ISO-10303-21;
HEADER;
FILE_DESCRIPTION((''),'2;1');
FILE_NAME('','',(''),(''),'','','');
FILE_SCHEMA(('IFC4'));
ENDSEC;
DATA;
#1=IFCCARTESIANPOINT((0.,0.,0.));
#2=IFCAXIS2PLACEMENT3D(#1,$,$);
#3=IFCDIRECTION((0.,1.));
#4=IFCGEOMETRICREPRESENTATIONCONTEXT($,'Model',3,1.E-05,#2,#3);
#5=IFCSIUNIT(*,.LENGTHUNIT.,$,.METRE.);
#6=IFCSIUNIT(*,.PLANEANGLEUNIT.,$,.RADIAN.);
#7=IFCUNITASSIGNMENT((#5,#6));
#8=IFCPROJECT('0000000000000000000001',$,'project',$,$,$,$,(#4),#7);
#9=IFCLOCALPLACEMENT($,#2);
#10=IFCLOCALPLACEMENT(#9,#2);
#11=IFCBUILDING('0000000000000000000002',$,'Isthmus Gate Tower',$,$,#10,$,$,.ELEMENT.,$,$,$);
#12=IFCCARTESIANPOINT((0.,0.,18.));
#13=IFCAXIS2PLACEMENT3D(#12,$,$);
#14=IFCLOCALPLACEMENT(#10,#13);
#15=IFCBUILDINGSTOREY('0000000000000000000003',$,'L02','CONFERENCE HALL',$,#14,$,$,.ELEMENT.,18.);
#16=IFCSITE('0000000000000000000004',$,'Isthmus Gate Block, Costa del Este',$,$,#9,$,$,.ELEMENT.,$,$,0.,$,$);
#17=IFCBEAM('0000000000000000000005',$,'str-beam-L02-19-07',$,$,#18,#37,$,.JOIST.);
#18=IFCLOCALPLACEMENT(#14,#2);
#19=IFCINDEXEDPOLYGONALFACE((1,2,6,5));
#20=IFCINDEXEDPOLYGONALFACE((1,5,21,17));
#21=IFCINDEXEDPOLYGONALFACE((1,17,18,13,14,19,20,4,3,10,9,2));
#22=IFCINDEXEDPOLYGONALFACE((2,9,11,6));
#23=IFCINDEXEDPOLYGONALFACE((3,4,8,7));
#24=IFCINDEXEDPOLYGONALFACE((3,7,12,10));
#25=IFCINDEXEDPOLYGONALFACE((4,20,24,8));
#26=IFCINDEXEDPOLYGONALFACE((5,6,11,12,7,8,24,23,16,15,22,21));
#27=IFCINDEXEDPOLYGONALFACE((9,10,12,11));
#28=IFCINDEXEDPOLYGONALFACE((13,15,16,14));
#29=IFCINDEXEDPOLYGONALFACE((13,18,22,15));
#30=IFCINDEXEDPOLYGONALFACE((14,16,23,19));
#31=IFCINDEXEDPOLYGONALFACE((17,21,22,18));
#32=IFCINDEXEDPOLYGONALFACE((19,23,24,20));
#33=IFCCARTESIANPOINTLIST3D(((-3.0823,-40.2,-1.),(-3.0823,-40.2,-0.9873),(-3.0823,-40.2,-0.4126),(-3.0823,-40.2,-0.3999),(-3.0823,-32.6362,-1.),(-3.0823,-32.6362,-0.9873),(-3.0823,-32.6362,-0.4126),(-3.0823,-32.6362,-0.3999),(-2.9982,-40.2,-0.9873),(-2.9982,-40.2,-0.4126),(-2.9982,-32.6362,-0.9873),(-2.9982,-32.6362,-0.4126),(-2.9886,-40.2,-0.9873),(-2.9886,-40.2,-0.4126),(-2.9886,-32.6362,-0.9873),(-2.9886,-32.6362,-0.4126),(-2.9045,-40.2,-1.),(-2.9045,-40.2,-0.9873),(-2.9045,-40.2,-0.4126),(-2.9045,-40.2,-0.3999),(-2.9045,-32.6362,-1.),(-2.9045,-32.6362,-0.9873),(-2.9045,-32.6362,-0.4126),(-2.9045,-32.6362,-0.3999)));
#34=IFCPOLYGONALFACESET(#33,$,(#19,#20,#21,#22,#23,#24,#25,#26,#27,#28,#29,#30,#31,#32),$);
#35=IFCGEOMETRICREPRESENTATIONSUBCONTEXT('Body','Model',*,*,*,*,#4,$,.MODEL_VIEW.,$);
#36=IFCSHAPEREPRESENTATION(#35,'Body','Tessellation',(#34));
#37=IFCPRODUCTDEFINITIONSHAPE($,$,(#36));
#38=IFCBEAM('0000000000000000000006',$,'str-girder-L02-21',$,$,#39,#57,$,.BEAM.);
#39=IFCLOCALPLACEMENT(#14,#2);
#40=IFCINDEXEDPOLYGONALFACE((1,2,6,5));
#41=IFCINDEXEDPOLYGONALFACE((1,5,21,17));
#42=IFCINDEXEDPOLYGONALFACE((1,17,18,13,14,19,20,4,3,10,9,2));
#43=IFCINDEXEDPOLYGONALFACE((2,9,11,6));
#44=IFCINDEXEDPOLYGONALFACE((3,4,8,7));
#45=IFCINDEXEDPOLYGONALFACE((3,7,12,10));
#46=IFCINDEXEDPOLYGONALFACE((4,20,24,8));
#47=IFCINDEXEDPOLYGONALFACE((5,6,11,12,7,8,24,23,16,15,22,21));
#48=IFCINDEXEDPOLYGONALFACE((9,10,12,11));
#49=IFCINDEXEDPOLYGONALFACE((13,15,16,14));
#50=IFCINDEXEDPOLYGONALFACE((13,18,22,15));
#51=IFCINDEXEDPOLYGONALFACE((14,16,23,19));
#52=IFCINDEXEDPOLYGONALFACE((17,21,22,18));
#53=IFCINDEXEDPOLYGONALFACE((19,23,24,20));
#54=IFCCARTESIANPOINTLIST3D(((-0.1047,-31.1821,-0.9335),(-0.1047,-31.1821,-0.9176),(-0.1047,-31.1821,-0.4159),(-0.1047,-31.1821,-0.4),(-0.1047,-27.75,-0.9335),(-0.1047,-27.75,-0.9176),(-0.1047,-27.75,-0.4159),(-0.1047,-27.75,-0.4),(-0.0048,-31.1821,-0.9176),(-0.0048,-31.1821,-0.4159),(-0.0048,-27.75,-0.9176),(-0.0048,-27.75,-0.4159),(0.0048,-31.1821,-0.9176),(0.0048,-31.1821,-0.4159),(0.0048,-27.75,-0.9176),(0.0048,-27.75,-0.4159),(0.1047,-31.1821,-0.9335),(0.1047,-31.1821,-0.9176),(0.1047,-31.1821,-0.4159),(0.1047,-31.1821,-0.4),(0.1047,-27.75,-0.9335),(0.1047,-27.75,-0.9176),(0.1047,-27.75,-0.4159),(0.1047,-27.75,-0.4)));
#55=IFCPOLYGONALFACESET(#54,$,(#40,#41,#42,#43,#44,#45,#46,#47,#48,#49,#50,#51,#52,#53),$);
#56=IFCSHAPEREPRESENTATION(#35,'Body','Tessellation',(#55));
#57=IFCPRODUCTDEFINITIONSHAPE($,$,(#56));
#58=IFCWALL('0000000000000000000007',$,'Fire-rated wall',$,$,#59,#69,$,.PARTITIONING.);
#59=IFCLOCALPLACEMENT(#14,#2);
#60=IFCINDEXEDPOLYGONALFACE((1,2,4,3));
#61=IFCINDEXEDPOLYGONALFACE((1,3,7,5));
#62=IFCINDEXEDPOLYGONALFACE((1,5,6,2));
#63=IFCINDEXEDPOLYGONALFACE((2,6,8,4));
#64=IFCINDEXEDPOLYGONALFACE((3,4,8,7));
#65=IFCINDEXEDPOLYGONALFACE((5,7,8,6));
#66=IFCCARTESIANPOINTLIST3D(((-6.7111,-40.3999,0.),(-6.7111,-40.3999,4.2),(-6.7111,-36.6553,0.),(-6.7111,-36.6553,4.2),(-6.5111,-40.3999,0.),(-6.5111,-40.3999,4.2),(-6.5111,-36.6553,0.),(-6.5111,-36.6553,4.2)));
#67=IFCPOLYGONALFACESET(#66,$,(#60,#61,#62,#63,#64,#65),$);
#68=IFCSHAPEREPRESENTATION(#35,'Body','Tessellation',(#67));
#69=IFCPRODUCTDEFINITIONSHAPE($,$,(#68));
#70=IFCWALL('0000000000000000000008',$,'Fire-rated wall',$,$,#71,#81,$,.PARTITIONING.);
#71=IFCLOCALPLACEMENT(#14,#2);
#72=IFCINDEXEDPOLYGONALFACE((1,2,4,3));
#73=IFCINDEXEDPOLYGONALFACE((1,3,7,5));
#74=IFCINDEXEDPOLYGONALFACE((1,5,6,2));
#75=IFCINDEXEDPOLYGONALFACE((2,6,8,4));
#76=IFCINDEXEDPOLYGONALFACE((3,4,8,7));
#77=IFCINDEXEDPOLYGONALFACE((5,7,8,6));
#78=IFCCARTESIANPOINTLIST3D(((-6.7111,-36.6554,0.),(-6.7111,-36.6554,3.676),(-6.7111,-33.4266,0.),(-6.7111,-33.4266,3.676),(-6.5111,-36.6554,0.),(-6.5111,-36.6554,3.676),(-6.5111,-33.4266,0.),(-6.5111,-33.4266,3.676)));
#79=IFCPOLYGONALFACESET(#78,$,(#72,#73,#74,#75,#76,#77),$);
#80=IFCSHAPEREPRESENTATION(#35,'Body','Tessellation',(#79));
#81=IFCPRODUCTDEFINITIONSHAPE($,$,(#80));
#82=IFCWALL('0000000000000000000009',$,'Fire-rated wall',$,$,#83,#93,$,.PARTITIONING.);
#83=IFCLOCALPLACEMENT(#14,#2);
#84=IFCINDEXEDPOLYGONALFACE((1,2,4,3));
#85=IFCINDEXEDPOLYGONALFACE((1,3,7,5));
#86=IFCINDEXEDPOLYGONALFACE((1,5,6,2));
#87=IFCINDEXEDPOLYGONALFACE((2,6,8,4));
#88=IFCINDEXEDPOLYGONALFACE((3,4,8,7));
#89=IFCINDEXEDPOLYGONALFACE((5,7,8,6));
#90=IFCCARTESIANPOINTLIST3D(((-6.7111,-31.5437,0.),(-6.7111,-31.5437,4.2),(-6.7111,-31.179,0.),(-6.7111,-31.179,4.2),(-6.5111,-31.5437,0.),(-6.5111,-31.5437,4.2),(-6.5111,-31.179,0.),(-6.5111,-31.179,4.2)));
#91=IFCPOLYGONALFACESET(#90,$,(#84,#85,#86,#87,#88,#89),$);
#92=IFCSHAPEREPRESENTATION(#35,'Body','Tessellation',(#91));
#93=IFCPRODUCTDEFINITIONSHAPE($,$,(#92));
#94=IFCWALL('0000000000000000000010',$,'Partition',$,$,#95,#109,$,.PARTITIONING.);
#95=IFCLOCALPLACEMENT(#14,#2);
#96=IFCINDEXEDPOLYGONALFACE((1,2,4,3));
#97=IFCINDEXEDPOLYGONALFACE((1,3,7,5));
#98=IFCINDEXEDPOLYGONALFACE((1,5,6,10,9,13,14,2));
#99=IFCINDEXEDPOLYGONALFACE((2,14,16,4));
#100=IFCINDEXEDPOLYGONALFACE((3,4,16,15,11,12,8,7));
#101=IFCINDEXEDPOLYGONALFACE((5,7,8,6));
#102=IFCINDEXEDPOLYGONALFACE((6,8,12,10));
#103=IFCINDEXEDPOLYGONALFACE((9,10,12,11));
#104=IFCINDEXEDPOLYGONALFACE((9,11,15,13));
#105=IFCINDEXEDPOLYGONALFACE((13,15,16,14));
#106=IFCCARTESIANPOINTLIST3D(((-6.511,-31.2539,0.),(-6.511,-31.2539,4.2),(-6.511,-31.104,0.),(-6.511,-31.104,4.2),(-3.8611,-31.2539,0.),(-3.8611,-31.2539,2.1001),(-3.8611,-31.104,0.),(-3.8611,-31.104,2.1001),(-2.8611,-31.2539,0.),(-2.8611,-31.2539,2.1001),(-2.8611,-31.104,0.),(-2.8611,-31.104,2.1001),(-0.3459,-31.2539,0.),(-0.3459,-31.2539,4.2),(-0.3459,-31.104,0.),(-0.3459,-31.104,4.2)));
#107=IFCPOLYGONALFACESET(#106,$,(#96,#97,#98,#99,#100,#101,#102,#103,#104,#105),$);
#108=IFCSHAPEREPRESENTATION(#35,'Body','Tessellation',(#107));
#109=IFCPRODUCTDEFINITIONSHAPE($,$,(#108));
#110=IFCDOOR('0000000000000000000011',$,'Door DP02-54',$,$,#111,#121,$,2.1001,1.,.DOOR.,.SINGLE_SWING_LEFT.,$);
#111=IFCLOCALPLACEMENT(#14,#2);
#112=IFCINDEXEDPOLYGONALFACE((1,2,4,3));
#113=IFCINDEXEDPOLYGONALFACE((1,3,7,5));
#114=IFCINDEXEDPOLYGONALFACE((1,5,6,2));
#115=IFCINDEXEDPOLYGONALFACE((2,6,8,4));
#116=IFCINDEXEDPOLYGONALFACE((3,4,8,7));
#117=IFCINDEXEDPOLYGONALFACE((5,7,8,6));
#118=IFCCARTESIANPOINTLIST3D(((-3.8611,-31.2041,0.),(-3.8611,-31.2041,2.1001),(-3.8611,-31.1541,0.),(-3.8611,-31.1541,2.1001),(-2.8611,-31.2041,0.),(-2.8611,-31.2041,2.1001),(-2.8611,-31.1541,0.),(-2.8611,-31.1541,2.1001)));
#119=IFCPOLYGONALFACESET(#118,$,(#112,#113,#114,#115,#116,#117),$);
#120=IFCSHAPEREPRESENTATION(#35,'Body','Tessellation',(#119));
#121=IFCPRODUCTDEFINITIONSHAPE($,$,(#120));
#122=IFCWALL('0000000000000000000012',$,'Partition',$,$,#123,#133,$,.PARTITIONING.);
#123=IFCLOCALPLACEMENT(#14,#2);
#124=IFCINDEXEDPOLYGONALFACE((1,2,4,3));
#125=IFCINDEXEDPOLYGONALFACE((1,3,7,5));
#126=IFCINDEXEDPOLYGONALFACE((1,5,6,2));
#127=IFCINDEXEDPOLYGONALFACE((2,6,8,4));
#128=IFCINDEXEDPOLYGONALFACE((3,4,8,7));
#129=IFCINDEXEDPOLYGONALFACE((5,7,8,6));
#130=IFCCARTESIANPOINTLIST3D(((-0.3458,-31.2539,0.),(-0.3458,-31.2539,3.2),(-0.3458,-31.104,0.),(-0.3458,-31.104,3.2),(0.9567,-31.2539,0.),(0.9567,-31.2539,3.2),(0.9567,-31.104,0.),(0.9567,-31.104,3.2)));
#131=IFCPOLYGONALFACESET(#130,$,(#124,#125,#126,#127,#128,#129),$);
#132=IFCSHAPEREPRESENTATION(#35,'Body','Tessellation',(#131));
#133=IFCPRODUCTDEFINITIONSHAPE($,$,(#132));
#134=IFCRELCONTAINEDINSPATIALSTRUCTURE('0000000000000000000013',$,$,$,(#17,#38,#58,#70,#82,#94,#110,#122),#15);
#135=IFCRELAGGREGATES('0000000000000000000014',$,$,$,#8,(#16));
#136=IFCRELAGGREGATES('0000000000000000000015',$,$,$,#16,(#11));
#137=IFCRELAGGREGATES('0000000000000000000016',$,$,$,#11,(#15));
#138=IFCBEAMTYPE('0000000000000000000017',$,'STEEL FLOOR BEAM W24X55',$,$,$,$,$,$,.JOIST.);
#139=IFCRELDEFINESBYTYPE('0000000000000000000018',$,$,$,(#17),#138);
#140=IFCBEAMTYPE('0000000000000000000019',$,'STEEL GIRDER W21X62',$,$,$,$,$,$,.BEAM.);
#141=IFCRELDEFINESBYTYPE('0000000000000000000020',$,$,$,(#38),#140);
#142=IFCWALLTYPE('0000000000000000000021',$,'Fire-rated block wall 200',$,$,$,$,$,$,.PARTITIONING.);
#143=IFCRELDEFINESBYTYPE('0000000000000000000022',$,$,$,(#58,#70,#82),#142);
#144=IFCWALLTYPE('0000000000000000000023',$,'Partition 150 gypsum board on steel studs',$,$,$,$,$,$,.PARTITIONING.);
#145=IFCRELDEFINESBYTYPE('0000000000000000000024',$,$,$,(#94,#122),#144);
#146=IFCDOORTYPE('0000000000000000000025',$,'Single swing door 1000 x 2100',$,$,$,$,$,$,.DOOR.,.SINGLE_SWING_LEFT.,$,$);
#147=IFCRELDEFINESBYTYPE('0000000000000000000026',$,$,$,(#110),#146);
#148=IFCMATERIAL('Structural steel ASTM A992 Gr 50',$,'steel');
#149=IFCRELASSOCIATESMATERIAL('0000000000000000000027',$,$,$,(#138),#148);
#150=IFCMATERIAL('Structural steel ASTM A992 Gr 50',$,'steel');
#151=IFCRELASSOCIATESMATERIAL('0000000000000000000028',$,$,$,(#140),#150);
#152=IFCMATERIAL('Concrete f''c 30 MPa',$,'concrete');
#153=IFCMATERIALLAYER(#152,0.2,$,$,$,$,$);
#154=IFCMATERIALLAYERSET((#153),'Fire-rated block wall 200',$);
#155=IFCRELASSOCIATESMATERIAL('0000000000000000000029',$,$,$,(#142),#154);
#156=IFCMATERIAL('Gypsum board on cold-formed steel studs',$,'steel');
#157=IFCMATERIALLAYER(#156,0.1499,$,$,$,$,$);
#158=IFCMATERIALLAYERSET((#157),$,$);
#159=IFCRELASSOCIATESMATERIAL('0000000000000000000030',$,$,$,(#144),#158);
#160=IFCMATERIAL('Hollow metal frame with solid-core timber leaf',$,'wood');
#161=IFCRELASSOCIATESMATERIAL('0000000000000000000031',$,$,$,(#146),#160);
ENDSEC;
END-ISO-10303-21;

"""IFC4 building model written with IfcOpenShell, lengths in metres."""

from ifc_helpers import new_model, si_unit, direction, frame, frame_2d, origin, origin_2d, place, context, subcontext, project, spatial, rectangle, i_section, extrude, material, layer, layer_set, material_profile, profile_set, type_object, element, fill, save


model = new_model("IFC4")

# Units and contexts
model_context = context("Model", 3, precision=1e-05, world=origin(), true_north=direction((0.0, 1.0)))
body_context = subcontext(model_context, "Body", "Model", "MODEL_VIEW")
ifc_project = project(units=[si_unit("LENGTHUNIT", "METRE"), si_unit("PLANEANGLEUNIT", "RADIAN")], contexts=[model_context])

# Site, building, storey
site_placement = place(None, origin())
site = spatial("IfcSite", under=ifc_project, at=site_placement, Name="Isthmus Gate Block, Costa del Este", CompositionType="ELEMENT", RefElevation=0.0)
building_placement = place(site_placement, origin())
building = spatial("IfcBuilding", under=site, at=building_placement, Name="Isthmus Gate Tower", CompositionType="ELEMENT")
storey_placement = place(building_placement, frame((0.0, 0.0, 18.0)))
storey = spatial("IfcBuildingStorey", under=building, at=storey_placement, Name="L02", Description="CONFERENCE HALL", CompositionType="ELEMENT", Elevation=18.0)

# Beams
ifc_material_1 = material(Name="Structural steel ASTM A992 Gr 50", Category="steel")
ifc_material_profile_1 = material_profile(ifc_material_1, i_section(OverallWidth=0.1777, OverallDepth=0.6001, WebThickness=0.0095, FlangeThickness=0.0127, at=origin_2d()), Name="W24X55")
ifc_profile_set_1 = profile_set([ifc_material_profile_1], Name="Structural steel ASTM A992 Gr 50")
beam_type_1 = type_object("IfcBeamType", Name="STEEL FLOOR BEAM W24X55", PredefinedType="JOIST", material=ifc_profile_set_1)
beam_1_placement = place(storey_placement, frame((-2.9934, -40.2, -0.7), z_axis=(0.0, 1.0, 0.0), x_axis=(-1.0, 0.0, 0.0)))
element("IfcBeam", 1, at=beam_1_placement, inside=storey, type_object=beam_type_1, Name="str-beam-L02-19-07", PredefinedType="JOIST", context=body_context, shape_type="SweptSolid", body=[
    extrude(i_section(OverallWidth=0.1777, OverallDepth=0.6001, WebThickness=0.0095, FlangeThickness=0.0127, at=origin_2d()), origin(), (0.0, 0.0, 1.0), 7.5637),
])
ifc_material_2 = material(Name="Structural steel ASTM A992 Gr 50", Category="steel")
ifc_material_profile_2 = material_profile(ifc_material_2, i_section(OverallWidth=0.2095, OverallDepth=0.5334, WebThickness=0.0095, FlangeThickness=0.0159, at=origin_2d()), Name="W21X62")
ifc_profile_set_2 = profile_set([ifc_material_profile_2], Name="Structural steel ASTM A992 Gr 50")
beam_type_2 = type_object("IfcBeamType", Name="STEEL GIRDER W21X62", PredefinedType="BEAM", material=ifc_profile_set_2)
beam_2_placement = place(storey_placement, frame((0.0, -31.1821, -0.6667), z_axis=(0.0, 1.0, 0.0), x_axis=(-1.0, 0.0, 0.0)))
element("IfcBeam", 2, at=beam_2_placement, inside=storey, type_object=beam_type_2, Name="str-girder-L02-21", PredefinedType="BEAM", context=body_context, shape_type="SweptSolid", body=[
    extrude(i_section(OverallWidth=0.2095, OverallDepth=0.5334, WebThickness=0.0095, FlangeThickness=0.0159, at=origin_2d()), origin(), (0.0, 0.0, 1.0), 3.4321),
])

# Walls
ifc_material_3 = material(Name="Concrete f'c 30 MPa", Category="concrete")
ifc_layer_1 = layer(ifc_material_3, 0.2)
ifc_layer_set_1 = layer_set([ifc_layer_1], Name="Fire-rated block wall 200")
wall_type_1 = type_object("IfcWallType", Name="Fire-rated block wall 200", PredefinedType="PARTITIONING", material=ifc_layer_set_1)
wall_1_placement = place(storey_placement, frame((-6.6111, -40.3999, 0.0), z_axis=(0.0, 0.0, 1.0), x_axis=(0.0, 1.0, 0.0)))
element("IfcWall", 3, at=wall_1_placement, inside=storey, type_object=wall_type_1, Name="Fire-rated wall", PredefinedType="PARTITIONING", context=body_context, shape_type="SweptSolid", body=[
    extrude(rectangle(XDim=3.7446, YDim=0.2, at=frame_2d((1.8723, 0.0))), origin(), (0.0, 0.0, 1.0), 4.2),
])
wall_2_placement = place(storey_placement, frame((-6.6111, -36.6553, 0.0), z_axis=(0.0, 0.0, 1.0), x_axis=(0.0, 1.0, 0.0)))
element("IfcWall", 4, at=wall_2_placement, inside=storey, type_object=wall_type_1, Name="Fire-rated wall", PredefinedType="PARTITIONING", context=body_context, shape_type="SweptSolid", body=[
    extrude(rectangle(XDim=3.2288, YDim=0.2, at=frame_2d((1.6143, 0.0))), origin(), (0.0, 0.0, 1.0), 3.676),
])
wall_3_placement = place(storey_placement, frame((-6.6111, -31.5437, 0.0), z_axis=(0.0, 0.0, 1.0), x_axis=(0.0, 1.0, 0.0)))
element("IfcWall", 5, at=wall_3_placement, inside=storey, type_object=wall_type_1, Name="Fire-rated wall", PredefinedType="PARTITIONING", context=body_context, shape_type="SweptSolid", body=[
    extrude(rectangle(XDim=0.3647, YDim=0.2, at=frame_2d((0.1824, 0.0))), origin(), (0.0, 0.0, 1.0), 4.2),
])

# Wall, opening, door
ifc_material_4 = material(Name="Gypsum board on cold-formed steel studs", Category="steel")
ifc_layer_2 = layer(ifc_material_4, 0.1499)
ifc_layer_set_2 = layer_set([ifc_layer_2])
wall_type_2 = type_object("IfcWallType", Name="Partition 150 gypsum board on steel studs", PredefinedType="PARTITIONING", material=ifc_layer_set_2)
wall_4_placement = place(storey_placement, frame((-6.511, -31.179, 0.0), z_axis=(0.0, 0.0, 1.0), x_axis=(1.0, 0.0, 0.0)))
wall_4 = element("IfcWall", 6, at=wall_4_placement, inside=storey, type_object=wall_type_2, Name="Partition", PredefinedType="PARTITIONING", context=body_context, shape_type="SweptSolid", body=[
    extrude(rectangle(XDim=6.165, YDim=0.1499, at=frame_2d((3.0825, 0.0))), origin(), (0.0, 0.0, 1.0), 4.2),
])
opening_placement = place(wall_4_placement, frame((2.6499, 0.0, 0.0)))
opening = element("IfcOpeningElement", 7, at=opening_placement, cuts=wall_4, PredefinedType="OPENING", context=body_context, shape_type="SweptSolid", body=[
    extrude(rectangle(XDim=1.0, YDim=2.1001, at=frame_2d((0.5, 1.05))), frame((0.0, 0.085, 0.0), z_axis=(0.0, -1.0, 0.0), x_axis=(1.0, 0.0, 0.0)), (0.0, 0.0, 1.0), 0.1699),
])
ifc_material_5 = material(Name="Hollow metal frame with solid-core timber leaf", Category="wood")
door_type = type_object("IfcDoorType", Name="Single swing door 1000 x 2100", OperationType="SINGLE_SWING_LEFT", PredefinedType="DOOR", material=ifc_material_5)
door_placement = place(opening_placement, origin())
door = element("IfcDoor", 8, at=door_placement, inside=storey, type_object=door_type, Name="Door DP02-54", OperationType="SINGLE_SWING_LEFT", OverallHeight=2.1001, OverallWidth=1.0, PredefinedType="DOOR", context=body_context, shape_type="SweptSolid", body=[
    extrude(rectangle(XDim=1.0, YDim=2.1001, at=frame_2d((0.5, 1.05))), frame((0.0, 0.0249, 0.0), z_axis=(0.0, -1.0, 0.0), x_axis=(1.0, 0.0, 0.0)), (0.0, 0.0, 1.0), 0.05),
])
fill(opening, door)

# Wall
wall_5_placement = place(storey_placement, frame((-0.3459, -31.179, 0.0), z_axis=(0.0, 0.0, 1.0), x_axis=(1.0, 0.0, 0.0)))
element("IfcWall", 9, at=wall_5_placement, inside=storey, type_object=wall_type_2, Name="Partition", PredefinedType="PARTITIONING", context=body_context, shape_type="SweptSolid", body=[
    extrude(rectangle(XDim=1.3025, YDim=0.1499, at=frame_2d((0.6514, 0.0))), origin(), (0.0, 0.0, 1.0), 3.2),
])

save(model, "model.ifc")
